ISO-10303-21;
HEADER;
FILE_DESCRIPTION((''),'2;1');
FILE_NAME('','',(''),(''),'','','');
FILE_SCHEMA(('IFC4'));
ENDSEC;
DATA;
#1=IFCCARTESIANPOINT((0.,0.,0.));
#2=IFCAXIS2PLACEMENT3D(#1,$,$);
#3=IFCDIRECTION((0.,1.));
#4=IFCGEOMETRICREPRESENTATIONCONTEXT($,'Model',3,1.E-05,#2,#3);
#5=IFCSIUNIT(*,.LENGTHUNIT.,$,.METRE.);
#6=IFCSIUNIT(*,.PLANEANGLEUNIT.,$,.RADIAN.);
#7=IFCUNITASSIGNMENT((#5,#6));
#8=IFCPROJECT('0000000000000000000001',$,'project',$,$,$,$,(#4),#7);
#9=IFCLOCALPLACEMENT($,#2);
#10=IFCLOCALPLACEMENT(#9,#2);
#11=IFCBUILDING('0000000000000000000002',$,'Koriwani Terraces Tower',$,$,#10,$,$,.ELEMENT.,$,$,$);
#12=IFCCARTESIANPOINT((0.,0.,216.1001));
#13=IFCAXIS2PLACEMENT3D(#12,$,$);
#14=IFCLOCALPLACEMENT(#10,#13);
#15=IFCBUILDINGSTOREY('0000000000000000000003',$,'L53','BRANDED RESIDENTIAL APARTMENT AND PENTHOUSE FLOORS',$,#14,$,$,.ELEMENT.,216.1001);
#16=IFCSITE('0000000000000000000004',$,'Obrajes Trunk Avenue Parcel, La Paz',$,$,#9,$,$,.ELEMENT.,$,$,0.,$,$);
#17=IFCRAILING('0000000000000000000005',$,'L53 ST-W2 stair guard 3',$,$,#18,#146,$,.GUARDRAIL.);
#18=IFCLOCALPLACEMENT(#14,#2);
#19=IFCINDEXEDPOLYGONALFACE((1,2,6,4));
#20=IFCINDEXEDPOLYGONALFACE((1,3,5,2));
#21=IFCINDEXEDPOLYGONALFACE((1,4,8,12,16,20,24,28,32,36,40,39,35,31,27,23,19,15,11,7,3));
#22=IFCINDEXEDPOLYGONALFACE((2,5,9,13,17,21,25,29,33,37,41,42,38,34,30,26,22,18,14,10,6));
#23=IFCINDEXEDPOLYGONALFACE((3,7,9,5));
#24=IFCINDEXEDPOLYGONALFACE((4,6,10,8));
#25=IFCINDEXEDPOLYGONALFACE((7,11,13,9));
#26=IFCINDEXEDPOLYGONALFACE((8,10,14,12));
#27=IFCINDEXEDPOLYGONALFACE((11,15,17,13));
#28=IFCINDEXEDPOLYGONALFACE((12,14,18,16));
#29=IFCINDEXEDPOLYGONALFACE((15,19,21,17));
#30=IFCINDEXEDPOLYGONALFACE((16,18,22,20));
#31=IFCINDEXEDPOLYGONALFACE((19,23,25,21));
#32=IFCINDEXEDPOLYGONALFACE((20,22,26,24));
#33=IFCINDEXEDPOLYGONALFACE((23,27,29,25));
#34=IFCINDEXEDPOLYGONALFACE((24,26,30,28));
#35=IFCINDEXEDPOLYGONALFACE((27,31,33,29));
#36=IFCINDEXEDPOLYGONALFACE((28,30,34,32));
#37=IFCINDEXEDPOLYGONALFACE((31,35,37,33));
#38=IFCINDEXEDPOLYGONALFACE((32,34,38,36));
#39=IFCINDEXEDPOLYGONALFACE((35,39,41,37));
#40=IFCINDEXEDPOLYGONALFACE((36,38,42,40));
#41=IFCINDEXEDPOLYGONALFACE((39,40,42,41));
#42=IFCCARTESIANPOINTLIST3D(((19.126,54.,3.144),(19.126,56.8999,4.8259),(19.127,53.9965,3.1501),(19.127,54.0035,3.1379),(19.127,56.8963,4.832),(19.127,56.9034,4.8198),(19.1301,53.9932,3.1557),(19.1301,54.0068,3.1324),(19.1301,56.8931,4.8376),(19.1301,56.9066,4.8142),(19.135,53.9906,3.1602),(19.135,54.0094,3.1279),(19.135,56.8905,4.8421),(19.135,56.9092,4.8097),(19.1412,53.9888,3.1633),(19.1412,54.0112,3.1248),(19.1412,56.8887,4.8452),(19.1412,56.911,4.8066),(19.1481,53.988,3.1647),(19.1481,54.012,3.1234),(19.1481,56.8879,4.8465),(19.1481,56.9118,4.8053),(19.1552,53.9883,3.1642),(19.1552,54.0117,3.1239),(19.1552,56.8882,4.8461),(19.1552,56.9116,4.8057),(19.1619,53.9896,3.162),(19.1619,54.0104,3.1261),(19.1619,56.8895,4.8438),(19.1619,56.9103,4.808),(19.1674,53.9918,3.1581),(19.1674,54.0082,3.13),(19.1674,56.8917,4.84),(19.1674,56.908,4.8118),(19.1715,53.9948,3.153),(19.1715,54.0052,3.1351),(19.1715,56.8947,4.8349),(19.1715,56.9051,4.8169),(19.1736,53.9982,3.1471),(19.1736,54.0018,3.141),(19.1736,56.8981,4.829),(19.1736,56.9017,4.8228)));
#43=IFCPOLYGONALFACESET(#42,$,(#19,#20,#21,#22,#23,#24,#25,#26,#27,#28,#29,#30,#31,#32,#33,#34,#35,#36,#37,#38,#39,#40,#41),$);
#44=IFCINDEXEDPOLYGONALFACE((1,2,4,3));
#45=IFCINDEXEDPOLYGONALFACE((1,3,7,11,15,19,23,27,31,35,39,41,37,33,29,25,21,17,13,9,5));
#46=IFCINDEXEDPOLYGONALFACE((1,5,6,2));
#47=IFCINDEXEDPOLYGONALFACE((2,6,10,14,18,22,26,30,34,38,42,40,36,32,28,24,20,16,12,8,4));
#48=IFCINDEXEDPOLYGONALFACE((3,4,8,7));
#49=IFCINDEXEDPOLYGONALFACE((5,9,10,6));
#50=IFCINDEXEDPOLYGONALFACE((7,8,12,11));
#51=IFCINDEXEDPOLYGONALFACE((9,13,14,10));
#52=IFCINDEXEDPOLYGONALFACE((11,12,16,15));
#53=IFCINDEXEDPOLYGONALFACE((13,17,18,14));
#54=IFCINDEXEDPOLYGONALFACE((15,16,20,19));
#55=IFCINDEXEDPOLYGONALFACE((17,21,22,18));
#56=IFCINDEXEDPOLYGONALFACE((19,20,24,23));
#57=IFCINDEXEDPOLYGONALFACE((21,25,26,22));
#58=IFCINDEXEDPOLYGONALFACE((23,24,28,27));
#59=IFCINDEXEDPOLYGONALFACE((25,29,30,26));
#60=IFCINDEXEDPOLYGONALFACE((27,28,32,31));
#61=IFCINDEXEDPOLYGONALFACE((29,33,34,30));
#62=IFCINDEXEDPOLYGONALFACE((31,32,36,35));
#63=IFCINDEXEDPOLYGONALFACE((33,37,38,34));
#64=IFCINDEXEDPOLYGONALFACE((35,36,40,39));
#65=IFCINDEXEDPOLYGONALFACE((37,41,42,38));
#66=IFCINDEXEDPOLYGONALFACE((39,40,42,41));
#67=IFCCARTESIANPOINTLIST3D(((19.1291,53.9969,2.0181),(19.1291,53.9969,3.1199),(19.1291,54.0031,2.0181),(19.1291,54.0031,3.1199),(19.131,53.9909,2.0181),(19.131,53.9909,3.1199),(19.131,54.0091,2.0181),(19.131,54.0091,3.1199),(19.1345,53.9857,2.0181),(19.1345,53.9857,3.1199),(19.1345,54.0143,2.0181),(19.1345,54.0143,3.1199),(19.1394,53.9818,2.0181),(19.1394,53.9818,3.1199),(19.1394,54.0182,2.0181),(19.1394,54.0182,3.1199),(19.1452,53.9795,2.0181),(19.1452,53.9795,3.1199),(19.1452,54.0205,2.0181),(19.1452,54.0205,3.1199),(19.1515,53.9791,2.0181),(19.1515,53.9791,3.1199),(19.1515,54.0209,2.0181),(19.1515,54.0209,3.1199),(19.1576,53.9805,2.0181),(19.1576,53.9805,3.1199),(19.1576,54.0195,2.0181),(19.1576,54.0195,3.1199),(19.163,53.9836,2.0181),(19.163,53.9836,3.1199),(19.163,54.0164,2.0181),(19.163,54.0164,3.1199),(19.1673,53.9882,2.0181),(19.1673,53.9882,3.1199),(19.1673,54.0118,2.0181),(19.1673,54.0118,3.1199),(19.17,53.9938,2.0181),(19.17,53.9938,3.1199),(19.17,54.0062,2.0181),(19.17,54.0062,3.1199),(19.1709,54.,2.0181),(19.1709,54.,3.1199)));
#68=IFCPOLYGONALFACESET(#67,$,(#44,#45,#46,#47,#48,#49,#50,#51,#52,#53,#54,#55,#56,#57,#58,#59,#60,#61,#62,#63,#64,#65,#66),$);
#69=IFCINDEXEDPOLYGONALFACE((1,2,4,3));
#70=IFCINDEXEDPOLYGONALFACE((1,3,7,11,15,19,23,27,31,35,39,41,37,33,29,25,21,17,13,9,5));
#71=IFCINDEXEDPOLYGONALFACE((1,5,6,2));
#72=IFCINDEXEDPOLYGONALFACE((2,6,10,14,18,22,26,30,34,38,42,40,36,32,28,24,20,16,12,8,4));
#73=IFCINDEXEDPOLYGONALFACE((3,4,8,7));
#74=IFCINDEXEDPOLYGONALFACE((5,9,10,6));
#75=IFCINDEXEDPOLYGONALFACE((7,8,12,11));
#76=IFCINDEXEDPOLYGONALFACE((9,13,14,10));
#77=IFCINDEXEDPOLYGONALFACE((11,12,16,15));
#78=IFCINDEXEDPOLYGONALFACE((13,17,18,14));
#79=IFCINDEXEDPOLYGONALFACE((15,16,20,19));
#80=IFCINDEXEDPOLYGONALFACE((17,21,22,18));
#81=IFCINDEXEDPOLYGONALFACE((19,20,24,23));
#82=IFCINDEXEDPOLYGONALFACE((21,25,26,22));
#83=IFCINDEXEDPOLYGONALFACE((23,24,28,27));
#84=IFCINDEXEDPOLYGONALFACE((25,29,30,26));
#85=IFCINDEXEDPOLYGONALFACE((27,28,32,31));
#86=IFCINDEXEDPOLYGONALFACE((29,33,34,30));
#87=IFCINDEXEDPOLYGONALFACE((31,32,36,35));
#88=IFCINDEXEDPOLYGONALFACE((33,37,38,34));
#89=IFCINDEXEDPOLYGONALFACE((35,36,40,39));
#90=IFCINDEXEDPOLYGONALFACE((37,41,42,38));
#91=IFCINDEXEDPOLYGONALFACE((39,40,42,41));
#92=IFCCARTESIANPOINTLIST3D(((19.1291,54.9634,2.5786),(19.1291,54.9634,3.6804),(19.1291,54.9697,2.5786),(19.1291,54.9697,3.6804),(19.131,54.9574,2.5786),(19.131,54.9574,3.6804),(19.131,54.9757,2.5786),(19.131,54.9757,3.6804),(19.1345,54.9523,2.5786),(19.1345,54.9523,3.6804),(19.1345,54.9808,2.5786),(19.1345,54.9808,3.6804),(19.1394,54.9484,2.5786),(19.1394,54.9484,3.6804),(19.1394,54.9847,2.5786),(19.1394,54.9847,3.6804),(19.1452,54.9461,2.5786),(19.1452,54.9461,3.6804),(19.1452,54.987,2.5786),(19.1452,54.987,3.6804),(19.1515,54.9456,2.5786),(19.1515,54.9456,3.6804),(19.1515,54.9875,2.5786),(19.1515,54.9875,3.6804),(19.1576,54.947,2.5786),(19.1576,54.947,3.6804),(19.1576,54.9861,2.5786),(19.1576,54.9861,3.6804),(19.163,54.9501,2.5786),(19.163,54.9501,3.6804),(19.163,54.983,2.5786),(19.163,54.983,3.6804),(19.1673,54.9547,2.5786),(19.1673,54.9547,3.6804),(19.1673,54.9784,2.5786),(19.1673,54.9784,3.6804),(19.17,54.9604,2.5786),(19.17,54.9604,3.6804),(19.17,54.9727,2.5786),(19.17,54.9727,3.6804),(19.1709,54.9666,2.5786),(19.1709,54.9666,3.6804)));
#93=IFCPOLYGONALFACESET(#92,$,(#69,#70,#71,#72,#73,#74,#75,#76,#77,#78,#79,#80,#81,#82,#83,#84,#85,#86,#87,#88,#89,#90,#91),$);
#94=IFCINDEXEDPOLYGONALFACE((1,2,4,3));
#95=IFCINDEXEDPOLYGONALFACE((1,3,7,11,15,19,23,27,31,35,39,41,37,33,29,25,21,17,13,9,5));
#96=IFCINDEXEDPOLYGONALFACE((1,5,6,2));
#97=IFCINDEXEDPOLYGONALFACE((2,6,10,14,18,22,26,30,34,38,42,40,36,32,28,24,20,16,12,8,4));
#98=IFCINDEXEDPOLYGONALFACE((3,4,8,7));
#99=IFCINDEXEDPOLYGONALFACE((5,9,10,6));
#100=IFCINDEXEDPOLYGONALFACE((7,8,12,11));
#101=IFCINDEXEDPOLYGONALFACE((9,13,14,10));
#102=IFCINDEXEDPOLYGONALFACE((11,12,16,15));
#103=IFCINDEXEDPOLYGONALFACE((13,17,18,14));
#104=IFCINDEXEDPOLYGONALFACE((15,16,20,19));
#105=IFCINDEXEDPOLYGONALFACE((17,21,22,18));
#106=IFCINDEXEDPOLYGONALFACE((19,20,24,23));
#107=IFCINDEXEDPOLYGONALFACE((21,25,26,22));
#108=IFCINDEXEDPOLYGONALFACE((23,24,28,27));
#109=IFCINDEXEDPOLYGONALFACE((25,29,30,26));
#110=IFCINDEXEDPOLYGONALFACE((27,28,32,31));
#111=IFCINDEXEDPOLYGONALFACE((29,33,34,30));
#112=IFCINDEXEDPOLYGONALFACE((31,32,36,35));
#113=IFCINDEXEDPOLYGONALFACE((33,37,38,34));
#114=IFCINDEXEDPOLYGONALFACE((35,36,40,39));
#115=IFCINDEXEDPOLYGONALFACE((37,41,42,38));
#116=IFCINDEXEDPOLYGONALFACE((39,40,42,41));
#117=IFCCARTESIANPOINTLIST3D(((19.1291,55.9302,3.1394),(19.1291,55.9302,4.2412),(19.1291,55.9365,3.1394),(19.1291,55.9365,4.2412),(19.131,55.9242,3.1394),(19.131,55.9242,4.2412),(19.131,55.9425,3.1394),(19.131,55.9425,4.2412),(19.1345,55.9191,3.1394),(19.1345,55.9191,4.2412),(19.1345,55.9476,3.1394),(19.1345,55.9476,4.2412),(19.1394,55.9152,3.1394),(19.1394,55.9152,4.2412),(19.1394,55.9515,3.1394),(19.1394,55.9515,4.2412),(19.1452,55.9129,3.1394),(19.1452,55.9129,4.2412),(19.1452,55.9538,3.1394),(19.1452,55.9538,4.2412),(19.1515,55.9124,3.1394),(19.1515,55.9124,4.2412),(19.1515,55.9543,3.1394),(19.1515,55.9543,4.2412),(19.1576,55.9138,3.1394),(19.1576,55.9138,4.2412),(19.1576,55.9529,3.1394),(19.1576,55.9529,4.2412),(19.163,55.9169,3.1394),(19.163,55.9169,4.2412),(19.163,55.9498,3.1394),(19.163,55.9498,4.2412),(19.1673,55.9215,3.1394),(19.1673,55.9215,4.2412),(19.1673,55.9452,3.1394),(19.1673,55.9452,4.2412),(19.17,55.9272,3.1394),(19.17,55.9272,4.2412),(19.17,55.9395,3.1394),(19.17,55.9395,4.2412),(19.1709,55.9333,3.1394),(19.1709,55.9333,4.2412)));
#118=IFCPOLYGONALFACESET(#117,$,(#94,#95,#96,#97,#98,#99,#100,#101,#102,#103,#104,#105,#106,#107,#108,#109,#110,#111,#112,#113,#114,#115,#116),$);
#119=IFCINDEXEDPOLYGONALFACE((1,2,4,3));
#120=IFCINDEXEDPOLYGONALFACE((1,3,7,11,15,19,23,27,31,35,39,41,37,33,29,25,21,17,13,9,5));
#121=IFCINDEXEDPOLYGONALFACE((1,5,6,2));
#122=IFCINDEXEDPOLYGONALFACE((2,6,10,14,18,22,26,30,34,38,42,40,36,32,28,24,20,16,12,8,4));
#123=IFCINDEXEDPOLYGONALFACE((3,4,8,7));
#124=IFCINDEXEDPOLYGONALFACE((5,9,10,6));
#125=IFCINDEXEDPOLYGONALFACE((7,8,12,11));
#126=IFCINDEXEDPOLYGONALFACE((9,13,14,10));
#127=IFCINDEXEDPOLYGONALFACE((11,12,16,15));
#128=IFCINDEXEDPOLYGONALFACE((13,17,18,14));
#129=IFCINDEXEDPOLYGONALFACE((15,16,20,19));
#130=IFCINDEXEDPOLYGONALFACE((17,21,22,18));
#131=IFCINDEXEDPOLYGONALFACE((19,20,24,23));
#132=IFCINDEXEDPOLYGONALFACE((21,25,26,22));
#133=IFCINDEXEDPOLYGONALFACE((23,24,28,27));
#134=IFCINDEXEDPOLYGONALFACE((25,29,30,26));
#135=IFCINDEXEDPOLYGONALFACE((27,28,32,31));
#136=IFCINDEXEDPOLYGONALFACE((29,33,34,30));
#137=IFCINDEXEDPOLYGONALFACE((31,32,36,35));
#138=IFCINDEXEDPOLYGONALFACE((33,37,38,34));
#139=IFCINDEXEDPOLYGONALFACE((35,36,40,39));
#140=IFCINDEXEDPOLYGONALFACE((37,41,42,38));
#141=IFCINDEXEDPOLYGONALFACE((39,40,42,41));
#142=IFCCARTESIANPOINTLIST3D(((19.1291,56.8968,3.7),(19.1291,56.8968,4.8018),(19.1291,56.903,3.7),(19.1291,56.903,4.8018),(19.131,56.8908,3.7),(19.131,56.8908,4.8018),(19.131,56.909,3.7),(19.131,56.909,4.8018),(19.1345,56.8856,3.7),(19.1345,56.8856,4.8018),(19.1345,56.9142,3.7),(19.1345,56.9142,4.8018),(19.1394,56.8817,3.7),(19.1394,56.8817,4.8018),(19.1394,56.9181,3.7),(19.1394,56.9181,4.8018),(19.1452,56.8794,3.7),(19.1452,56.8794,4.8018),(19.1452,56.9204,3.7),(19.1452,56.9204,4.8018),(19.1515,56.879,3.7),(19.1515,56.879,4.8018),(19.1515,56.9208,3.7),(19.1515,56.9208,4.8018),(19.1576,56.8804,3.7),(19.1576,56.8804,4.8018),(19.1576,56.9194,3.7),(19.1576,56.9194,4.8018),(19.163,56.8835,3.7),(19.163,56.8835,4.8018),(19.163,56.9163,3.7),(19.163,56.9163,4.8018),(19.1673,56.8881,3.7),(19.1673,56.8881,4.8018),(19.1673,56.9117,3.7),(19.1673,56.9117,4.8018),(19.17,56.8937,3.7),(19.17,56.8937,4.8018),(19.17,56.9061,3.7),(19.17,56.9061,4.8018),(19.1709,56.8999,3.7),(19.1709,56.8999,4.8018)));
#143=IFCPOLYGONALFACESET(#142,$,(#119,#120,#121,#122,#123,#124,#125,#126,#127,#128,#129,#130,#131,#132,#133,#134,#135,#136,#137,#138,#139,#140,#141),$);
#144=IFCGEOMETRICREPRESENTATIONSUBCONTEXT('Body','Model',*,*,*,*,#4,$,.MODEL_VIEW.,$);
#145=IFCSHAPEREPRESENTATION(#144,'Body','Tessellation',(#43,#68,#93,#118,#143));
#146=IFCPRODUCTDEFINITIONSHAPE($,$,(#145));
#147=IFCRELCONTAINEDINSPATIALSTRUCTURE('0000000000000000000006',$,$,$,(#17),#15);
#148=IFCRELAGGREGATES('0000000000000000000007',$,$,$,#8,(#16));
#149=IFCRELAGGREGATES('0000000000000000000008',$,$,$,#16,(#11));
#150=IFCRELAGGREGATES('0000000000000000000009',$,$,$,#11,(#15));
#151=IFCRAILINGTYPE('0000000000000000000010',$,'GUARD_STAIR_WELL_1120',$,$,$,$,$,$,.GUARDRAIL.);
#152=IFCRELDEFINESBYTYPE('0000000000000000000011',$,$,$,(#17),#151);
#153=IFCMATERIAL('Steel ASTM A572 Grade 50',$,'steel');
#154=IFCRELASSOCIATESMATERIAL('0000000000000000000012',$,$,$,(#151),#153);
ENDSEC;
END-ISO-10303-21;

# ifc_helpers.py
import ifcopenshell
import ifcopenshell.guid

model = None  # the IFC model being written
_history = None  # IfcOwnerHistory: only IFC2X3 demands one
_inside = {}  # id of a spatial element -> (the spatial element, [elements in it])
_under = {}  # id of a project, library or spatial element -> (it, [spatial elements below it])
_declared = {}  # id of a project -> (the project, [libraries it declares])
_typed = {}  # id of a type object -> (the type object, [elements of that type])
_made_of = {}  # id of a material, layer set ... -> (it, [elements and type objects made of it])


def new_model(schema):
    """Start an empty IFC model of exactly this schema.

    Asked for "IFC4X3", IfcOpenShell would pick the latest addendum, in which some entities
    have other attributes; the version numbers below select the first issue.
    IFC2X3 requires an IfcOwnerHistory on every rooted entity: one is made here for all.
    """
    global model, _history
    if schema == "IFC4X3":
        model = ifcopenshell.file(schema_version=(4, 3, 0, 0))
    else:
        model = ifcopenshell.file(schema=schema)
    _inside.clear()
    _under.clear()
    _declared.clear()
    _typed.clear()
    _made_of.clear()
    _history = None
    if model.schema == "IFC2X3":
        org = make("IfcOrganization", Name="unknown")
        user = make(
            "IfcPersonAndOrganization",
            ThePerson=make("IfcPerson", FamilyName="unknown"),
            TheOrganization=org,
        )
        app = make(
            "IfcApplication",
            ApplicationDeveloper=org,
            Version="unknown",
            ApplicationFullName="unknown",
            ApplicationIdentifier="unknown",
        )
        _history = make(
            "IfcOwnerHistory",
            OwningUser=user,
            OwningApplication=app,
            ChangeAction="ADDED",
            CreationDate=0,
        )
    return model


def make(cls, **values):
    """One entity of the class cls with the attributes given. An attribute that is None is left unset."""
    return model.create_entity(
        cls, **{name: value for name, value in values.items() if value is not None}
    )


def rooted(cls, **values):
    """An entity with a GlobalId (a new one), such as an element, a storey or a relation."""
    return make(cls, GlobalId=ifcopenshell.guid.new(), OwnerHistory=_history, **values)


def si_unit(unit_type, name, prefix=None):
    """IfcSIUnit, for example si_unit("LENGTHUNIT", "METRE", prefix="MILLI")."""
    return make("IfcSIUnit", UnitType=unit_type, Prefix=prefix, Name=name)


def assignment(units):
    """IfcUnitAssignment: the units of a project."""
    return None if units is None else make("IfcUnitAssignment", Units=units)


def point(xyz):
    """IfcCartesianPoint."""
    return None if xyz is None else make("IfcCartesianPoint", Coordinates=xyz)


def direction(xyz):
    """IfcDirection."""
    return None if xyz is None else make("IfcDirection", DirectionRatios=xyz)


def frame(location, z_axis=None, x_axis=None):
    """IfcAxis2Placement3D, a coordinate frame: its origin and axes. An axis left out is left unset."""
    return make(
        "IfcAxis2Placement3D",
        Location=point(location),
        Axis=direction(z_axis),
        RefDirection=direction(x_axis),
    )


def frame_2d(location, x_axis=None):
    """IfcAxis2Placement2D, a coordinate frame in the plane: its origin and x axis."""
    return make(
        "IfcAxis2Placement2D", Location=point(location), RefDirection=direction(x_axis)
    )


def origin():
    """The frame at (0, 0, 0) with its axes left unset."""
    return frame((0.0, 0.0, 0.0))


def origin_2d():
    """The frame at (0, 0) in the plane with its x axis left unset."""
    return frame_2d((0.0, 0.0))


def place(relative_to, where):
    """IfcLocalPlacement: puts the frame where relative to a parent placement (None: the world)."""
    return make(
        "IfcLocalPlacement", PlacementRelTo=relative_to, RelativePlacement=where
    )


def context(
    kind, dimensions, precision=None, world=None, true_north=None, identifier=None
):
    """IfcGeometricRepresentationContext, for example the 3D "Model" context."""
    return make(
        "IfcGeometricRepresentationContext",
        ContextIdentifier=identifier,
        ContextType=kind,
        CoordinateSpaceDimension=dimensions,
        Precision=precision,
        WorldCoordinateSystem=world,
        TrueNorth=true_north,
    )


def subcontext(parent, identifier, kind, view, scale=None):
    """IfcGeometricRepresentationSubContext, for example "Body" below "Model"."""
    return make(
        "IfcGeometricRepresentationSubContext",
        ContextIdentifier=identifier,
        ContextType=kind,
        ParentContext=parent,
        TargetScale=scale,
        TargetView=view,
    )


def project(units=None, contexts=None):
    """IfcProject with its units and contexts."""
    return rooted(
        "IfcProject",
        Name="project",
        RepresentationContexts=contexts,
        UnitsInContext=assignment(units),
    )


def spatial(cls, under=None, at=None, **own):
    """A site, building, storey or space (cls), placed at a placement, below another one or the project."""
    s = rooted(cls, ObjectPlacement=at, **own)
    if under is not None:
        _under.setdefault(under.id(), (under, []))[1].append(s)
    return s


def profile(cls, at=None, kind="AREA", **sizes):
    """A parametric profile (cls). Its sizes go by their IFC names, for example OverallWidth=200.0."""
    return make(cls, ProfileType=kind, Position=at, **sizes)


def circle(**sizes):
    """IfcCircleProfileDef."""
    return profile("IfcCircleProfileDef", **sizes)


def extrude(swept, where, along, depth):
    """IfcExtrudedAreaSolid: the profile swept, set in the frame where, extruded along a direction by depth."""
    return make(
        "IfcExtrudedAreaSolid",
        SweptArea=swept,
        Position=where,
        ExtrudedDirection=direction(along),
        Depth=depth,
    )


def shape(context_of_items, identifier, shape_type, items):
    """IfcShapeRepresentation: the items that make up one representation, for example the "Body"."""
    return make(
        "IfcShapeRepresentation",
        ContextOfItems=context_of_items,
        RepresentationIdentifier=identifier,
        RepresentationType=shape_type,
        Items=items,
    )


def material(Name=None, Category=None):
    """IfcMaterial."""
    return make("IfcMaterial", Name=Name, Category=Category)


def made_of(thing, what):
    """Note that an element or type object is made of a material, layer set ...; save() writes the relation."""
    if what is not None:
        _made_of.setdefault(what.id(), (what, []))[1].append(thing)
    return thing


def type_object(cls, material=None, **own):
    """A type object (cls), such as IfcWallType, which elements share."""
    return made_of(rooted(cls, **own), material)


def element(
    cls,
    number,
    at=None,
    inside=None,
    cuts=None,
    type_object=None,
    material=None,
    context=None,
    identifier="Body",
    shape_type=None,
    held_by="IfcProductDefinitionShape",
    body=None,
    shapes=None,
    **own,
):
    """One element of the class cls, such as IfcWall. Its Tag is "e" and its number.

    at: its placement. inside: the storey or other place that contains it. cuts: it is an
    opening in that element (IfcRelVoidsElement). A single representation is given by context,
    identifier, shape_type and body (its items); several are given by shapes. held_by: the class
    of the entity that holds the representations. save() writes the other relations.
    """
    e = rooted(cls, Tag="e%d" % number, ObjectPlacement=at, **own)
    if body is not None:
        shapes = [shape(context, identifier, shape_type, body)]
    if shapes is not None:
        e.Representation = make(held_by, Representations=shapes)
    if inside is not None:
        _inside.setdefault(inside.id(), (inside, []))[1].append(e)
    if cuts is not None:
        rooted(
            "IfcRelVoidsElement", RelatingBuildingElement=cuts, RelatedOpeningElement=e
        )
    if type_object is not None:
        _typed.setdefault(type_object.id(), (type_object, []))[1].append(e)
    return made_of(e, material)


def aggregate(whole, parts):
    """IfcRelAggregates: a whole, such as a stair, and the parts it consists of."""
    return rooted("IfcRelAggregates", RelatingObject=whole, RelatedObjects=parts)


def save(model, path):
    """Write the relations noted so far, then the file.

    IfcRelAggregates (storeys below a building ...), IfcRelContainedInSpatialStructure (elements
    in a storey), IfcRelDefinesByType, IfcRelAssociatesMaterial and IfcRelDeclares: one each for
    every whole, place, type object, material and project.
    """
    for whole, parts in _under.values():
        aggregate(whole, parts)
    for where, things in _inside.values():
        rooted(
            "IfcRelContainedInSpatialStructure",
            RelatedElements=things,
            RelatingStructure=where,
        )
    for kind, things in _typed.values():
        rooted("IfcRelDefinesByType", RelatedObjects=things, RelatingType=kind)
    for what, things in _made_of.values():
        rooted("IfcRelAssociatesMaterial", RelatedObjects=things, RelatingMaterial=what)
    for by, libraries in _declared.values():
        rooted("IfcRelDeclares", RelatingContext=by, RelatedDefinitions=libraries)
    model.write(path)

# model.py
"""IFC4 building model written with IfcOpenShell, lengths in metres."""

from ifc_helpers import new_model, si_unit, direction, frame, origin, origin_2d, place, context, subcontext, project, spatial, circle, extrude, material, type_object, element, save


model = new_model("IFC4")

# Units and contexts
model_context = context("Model", 3, precision=1e-05, world=origin(), true_north=direction((0.0, 1.0)))
body_context = subcontext(model_context, "Body", "Model", "MODEL_VIEW")
ifc_project = project(units=[si_unit("LENGTHUNIT", "METRE"), si_unit("PLANEANGLEUNIT", "RADIAN")], contexts=[model_context])

# Site, building, storey
site_placement = place(None, origin())
site = spatial("IfcSite", under=ifc_project, at=site_placement, Name="Obrajes Trunk Avenue Parcel, La Paz", CompositionType="ELEMENT", RefElevation=0.0)
building_placement = place(site_placement, origin())
building = spatial("IfcBuilding", under=site, at=building_placement, Name="Koriwani Terraces Tower", CompositionType="ELEMENT")
storey_placement = place(building_placement, frame((0.0, 0.0, 216.1001)))
storey = spatial("IfcBuildingStorey", under=building, at=storey_placement, Name="L53", Description="BRANDED RESIDENTIAL APARTMENT AND PENTHOUSE FLOORS", CompositionType="ELEMENT", Elevation=216.1001)

# Shared definitions
ifc_material_1 = material(Name="Steel ASTM A572 Grade 50", Category="steel")

# Railing
railing_type_1 = type_object("IfcRailingType", Name="GUARD_STAIR_WELL_1120", PredefinedType="GUARDRAIL", material=ifc_material_1)
railing_1_placement = place(storey_placement, frame((19.1499, 54.0, 2.0181)))
element("IfcRailing", 1, at=railing_1_placement, inside=storey, type_object=railing_type_1, Name="L53 ST-W2 stair guard 3", PredefinedType="GUARDRAIL", context=body_context, shape_type="SweptSolid", body=[
    extrude(circle(Radius=0.0239, at=origin_2d()), frame((0.0, 0.0, 1.126), z_axis=(0.0, 0.865039, 0.501705), x_axis=(-1.0, 0.0, 0.0)), (0.0, 0.0, 1.0), 3.3523),
    extrude(circle(Radius=0.021, at=origin_2d()), origin(), (0.0, 0.0, 1.0), 1.1018),
    extrude(circle(Radius=0.021, at=origin_2d()), frame((0.0, 0.9666, 0.5605)), (0.0, 0.0, 1.0), 1.1018),
    extrude(circle(Radius=0.021, at=origin_2d()), frame((0.0, 1.9333, 1.1213)), (0.0, 0.0, 1.0), 1.1018),
    extrude(circle(Radius=0.021, at=origin_2d()), frame((0.0, 2.8999, 1.6819)), (0.0, 0.0, 1.0), 1.1018),
])

save(model, "model.ifc")
